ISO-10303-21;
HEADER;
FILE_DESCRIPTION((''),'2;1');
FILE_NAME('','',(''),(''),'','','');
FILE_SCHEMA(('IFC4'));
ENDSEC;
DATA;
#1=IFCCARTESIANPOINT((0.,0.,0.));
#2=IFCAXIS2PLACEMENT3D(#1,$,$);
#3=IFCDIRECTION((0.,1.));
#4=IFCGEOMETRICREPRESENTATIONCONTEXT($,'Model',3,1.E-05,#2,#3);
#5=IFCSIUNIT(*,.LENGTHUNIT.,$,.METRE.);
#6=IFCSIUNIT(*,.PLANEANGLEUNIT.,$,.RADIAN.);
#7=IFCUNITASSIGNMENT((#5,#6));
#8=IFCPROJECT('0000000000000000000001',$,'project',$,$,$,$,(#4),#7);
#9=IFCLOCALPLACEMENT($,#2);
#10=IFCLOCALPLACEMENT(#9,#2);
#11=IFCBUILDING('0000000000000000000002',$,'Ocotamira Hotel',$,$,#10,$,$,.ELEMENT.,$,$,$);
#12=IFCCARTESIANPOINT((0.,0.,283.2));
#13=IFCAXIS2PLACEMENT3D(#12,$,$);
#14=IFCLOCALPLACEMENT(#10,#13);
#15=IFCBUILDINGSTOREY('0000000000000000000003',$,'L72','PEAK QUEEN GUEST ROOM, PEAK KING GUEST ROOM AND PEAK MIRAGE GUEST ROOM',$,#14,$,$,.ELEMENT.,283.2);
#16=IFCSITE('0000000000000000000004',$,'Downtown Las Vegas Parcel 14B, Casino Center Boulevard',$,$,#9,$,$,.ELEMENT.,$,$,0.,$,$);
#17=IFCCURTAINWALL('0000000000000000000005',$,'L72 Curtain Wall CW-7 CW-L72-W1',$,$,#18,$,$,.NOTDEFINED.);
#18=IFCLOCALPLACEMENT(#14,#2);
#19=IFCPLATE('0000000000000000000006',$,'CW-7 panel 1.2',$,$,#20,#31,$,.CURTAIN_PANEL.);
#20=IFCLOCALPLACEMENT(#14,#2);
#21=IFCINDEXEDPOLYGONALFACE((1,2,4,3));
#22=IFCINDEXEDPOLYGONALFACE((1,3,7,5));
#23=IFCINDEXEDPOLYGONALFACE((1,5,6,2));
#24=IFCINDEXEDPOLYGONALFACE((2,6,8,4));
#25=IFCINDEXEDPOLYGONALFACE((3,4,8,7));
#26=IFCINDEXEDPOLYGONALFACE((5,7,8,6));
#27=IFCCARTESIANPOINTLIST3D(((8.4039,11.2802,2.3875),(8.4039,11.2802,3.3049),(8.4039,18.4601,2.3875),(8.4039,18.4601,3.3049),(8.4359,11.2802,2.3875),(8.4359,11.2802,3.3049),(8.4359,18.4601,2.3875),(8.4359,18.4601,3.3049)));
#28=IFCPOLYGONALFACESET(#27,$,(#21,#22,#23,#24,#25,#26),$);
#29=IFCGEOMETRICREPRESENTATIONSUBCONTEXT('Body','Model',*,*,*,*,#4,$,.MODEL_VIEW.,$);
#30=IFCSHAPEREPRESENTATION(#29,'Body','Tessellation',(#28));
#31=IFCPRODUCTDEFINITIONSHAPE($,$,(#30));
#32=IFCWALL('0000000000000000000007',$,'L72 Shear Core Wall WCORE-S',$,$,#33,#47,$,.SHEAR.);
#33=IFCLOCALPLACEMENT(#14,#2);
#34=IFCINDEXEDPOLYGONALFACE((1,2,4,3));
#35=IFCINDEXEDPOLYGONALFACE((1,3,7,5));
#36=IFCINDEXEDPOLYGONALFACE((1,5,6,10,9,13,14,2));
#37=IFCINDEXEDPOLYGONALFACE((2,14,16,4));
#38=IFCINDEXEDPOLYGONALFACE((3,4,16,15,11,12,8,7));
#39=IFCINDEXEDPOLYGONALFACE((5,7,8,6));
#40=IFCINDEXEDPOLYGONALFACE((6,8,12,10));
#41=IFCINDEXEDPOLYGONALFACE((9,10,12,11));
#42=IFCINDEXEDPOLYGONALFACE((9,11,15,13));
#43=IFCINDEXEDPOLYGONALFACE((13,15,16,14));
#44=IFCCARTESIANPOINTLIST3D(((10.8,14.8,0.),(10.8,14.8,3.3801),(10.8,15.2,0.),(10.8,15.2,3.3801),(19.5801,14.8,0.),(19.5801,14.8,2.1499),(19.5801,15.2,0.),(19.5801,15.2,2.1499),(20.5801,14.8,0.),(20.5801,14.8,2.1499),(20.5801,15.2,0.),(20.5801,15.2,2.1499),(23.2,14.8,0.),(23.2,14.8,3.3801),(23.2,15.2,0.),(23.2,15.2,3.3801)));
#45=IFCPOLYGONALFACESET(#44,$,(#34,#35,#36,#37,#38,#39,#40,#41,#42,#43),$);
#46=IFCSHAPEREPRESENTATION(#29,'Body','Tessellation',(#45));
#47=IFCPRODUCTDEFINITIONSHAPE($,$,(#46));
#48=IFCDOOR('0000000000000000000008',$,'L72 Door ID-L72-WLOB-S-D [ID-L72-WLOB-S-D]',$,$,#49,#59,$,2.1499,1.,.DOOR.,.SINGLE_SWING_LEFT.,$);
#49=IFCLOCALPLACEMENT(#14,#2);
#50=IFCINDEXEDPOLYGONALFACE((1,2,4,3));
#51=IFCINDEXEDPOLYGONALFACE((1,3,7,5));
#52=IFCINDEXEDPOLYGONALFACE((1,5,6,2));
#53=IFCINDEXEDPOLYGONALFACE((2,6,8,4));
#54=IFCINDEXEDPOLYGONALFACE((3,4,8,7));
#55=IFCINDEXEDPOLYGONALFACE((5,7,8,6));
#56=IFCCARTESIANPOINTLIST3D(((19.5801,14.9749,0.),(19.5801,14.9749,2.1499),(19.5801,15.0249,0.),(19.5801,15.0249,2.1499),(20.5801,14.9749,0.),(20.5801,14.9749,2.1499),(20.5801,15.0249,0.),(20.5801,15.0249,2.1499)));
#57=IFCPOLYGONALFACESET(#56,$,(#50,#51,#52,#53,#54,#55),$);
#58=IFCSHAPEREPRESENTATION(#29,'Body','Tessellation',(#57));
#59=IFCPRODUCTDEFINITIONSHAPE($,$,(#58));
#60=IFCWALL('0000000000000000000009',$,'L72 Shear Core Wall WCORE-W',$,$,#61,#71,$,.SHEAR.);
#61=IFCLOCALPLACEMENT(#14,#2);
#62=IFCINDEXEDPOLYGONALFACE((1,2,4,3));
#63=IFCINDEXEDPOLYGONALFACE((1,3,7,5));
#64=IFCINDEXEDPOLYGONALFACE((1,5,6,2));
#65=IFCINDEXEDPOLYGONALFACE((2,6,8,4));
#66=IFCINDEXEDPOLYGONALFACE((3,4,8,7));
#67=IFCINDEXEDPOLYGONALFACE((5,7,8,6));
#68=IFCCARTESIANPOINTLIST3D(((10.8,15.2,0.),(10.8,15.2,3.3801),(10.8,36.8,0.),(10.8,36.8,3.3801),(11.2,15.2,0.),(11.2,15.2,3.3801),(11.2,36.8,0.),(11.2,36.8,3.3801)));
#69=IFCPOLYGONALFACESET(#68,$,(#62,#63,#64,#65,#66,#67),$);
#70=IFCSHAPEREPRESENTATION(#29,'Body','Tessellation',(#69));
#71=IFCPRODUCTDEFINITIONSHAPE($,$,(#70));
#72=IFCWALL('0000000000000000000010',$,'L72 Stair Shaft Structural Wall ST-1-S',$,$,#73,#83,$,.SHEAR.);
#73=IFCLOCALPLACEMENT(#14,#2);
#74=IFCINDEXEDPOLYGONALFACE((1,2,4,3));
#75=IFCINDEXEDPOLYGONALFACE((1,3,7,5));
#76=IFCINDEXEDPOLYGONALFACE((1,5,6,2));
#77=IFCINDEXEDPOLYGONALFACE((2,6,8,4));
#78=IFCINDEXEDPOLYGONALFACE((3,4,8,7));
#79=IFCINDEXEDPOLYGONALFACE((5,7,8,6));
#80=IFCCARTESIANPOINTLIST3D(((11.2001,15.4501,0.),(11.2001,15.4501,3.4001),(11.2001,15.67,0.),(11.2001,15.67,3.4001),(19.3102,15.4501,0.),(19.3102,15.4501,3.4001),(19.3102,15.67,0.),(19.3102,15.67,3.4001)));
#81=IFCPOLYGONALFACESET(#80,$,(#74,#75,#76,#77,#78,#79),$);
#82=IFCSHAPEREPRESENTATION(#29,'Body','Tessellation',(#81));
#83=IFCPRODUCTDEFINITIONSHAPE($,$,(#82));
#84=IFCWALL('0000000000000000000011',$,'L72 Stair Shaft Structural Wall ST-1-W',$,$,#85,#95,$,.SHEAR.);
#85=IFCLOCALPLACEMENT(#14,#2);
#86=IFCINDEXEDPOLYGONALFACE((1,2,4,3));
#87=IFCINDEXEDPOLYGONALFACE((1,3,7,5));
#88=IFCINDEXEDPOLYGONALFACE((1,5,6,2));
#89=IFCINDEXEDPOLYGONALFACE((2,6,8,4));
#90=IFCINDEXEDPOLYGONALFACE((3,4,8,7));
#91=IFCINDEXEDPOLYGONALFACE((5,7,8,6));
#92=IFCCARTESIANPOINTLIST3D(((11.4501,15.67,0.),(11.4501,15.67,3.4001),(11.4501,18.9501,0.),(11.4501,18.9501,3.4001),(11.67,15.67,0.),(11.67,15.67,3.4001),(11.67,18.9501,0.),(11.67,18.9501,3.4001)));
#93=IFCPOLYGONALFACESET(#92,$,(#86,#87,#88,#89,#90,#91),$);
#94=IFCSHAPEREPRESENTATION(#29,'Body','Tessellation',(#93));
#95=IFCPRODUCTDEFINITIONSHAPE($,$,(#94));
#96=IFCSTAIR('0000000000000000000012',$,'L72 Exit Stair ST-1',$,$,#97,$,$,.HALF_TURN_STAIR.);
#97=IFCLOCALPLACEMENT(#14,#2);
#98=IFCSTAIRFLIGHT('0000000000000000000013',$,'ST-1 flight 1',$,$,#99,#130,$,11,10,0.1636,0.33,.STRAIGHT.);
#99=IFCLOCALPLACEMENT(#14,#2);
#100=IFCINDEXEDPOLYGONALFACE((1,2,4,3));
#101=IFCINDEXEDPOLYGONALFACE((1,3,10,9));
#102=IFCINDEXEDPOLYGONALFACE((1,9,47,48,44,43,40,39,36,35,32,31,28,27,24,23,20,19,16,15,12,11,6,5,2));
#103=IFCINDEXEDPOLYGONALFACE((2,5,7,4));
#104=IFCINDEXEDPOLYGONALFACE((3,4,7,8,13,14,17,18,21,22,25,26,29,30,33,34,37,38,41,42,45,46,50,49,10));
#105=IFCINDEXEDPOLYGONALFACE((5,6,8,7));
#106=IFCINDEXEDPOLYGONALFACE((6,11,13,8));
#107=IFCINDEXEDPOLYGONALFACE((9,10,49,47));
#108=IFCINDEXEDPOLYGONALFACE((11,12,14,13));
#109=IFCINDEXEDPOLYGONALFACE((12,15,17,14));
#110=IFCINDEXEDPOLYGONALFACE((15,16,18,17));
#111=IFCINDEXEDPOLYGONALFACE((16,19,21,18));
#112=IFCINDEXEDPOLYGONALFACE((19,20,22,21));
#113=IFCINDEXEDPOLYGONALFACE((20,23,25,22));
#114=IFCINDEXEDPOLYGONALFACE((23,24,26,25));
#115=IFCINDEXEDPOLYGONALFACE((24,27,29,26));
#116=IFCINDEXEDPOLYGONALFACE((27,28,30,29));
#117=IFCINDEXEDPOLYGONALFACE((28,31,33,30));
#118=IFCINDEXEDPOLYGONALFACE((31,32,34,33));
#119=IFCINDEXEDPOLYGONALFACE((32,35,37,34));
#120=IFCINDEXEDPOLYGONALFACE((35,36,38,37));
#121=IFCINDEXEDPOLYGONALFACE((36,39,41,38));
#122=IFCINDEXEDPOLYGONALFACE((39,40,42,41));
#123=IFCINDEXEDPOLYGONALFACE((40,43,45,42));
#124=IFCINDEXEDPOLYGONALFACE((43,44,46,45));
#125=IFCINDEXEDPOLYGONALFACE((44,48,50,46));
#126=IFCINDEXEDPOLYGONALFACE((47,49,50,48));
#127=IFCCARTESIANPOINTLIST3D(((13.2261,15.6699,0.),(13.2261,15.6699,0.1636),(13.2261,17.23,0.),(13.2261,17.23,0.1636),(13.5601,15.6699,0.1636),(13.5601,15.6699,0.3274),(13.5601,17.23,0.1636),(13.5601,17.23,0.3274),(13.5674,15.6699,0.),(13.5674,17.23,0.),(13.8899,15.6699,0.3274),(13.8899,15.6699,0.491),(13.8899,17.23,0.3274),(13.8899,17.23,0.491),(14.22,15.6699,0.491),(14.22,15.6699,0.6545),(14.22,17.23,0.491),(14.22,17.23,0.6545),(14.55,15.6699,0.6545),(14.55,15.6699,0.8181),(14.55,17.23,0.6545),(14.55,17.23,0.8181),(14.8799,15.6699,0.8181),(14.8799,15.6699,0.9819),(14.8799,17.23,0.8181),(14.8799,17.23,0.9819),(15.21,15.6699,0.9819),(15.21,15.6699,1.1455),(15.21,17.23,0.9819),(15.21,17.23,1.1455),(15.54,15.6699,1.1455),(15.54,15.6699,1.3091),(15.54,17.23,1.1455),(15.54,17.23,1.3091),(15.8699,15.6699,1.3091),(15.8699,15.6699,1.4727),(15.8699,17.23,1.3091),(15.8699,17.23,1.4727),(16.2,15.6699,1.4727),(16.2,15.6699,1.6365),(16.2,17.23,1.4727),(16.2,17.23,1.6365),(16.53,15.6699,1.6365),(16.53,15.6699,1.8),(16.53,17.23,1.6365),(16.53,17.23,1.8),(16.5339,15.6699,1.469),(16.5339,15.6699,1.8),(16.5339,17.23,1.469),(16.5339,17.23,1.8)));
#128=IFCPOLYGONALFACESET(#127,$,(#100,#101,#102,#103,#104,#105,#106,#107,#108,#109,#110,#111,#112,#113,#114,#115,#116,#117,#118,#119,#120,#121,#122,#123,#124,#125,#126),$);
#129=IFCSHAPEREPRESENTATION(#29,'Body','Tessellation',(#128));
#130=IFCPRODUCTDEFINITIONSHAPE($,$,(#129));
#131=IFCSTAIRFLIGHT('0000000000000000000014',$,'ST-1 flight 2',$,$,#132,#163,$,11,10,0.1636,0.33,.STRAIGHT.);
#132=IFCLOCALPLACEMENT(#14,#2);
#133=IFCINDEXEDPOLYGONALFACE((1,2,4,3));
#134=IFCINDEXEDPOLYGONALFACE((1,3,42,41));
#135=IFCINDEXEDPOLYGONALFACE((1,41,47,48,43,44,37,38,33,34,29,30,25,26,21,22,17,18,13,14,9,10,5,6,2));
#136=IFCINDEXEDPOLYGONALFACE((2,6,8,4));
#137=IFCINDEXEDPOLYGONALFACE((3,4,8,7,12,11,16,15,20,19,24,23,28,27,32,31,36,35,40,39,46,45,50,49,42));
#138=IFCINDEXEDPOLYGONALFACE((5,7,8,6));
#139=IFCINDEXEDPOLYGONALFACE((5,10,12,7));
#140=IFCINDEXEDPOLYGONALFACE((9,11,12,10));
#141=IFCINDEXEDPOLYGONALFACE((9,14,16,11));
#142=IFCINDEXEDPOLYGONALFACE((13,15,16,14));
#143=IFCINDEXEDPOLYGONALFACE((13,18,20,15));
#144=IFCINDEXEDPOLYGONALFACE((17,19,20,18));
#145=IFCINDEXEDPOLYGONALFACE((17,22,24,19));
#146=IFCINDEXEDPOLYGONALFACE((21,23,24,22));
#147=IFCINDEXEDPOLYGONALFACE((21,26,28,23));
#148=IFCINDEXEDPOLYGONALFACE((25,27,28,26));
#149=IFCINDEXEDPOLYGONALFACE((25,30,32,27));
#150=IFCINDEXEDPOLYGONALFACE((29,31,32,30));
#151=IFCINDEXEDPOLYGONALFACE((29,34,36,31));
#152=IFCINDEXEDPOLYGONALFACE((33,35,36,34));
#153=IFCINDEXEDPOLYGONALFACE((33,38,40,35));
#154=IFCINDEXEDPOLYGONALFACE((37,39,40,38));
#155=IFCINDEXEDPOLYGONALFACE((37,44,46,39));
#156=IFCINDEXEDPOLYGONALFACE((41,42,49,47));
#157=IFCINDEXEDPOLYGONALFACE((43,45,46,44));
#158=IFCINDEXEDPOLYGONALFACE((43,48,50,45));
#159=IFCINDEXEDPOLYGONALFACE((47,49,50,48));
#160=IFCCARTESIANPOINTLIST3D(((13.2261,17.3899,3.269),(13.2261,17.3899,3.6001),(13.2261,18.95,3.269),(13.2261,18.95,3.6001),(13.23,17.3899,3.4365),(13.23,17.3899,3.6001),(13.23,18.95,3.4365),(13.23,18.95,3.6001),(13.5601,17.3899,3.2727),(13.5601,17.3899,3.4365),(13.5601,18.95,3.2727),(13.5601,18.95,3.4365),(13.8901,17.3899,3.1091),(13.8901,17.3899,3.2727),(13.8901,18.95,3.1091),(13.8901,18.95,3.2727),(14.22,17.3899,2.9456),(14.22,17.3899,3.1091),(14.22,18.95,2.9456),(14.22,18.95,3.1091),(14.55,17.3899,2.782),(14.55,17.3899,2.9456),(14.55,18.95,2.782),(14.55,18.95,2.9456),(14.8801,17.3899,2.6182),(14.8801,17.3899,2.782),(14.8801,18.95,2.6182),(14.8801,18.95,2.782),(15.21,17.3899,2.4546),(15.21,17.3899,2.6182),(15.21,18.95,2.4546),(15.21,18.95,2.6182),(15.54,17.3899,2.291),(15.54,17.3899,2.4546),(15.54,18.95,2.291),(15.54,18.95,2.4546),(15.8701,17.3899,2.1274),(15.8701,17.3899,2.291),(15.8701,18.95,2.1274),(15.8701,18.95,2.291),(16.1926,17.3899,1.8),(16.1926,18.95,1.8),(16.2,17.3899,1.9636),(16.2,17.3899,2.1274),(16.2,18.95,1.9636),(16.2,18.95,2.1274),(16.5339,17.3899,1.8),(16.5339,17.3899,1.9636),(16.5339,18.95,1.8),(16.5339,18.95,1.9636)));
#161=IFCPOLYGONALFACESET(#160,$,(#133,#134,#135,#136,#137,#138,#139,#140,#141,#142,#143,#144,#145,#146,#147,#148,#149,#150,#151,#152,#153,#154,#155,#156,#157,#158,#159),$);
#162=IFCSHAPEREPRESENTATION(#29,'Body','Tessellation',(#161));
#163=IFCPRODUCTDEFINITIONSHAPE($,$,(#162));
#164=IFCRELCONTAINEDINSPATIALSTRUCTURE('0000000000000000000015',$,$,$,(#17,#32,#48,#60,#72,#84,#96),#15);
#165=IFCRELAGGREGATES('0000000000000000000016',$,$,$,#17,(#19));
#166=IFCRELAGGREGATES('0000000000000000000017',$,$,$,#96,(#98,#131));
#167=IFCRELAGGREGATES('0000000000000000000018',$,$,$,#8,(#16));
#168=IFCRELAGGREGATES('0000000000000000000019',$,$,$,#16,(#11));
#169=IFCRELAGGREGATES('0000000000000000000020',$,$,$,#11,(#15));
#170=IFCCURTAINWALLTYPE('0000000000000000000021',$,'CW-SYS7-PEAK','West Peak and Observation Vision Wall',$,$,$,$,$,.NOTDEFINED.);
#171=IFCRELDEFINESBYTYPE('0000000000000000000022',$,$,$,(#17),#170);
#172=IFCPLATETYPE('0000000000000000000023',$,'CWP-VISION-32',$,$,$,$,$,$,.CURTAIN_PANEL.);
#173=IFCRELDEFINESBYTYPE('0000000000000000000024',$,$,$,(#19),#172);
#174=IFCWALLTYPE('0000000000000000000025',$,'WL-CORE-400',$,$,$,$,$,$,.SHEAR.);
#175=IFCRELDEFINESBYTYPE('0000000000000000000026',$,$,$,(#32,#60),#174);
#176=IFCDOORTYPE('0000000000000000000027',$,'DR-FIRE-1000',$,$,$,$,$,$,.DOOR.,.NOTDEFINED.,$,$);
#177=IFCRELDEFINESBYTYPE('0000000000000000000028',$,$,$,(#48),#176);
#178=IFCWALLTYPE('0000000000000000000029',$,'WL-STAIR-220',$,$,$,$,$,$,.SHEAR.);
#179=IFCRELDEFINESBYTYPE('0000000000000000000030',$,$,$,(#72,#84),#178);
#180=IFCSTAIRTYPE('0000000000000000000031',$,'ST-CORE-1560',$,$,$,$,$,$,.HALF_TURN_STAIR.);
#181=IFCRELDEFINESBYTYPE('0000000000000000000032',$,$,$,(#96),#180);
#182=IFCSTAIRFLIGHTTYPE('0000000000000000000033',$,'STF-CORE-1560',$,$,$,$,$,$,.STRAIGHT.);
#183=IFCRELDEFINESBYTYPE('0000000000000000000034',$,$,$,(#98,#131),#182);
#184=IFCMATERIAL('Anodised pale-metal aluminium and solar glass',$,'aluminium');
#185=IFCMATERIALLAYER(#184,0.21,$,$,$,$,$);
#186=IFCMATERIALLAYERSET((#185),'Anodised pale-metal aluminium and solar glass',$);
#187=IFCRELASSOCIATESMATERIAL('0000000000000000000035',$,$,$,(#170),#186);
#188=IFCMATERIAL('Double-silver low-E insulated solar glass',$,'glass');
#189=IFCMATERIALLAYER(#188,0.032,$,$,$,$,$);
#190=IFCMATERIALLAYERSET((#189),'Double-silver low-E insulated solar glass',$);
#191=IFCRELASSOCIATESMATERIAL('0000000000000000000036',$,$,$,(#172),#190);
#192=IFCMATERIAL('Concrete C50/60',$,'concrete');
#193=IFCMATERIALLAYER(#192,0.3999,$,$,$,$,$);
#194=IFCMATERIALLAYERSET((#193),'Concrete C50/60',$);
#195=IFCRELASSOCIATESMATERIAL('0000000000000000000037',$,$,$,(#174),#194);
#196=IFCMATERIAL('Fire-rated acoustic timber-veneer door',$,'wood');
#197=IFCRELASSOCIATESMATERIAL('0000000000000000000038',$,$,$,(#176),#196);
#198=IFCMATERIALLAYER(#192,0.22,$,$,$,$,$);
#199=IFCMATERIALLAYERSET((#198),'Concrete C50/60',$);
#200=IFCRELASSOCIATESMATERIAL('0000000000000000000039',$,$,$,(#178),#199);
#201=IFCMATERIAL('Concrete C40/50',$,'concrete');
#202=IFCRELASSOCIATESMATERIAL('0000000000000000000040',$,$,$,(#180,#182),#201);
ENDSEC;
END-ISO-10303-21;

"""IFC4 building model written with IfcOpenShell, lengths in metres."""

from ifc_helpers import new_model, si_unit, direction, frame, frame_2d, origin, origin_2d, place, context, subcontext, project, spatial, polyline, rectangle, outline, extrude, source, transform, mapped, material, layer, layer_set, type_object, element, fill, aggregate, save


model = new_model("IFC4")

# Units and contexts
model_context = context("Model", 3, precision=1e-05, world=origin(), true_north=direction((0.0, 1.0)))
body_context = subcontext(model_context, "Body", "Model", "MODEL_VIEW")
ifc_project = project(units=[si_unit("LENGTHUNIT", "METRE"), si_unit("PLANEANGLEUNIT", "RADIAN")], contexts=[model_context])

# Site, building, storey
site_placement = place(None, origin())
site = spatial("IfcSite", under=ifc_project, at=site_placement, Name="Downtown Las Vegas Parcel 14B, Casino Center Boulevard", CompositionType="ELEMENT", RefElevation=0.0)
building_placement = place(site_placement, origin())
building = spatial("IfcBuilding", under=site, at=building_placement, Name="Ocotamira Hotel", CompositionType="ELEMENT")
storey_placement = place(building_placement, frame((0.0, 0.0, 283.2)))
storey = spatial("IfcBuildingStorey", under=building, at=storey_placement, Name="L72", Description="PEAK QUEEN GUEST ROOM, PEAK KING GUEST ROOM AND PEAK MIRAGE GUEST ROOM", CompositionType="ELEMENT", Elevation=283.2)

# Curtain wall, plate
ifc_material_1 = material(Name="Anodised pale-metal aluminium and solar glass", Category="aluminium")
ifc_layer_1 = layer(ifc_material_1, 0.21)
ifc_layer_set_1 = layer_set([ifc_layer_1], Name="Anodised pale-metal aluminium and solar glass")
curtain_wall_type = type_object("IfcCurtainWallType", Name="CW-SYS7-PEAK", Description="West Peak and Observation Vision Wall", PredefinedType="NOTDEFINED", material=ifc_layer_set_1)
curtain_wall_placement = place(storey_placement, origin())
curtain_wall = element("IfcCurtainWall", 1, at=curtain_wall_placement, inside=storey, type_object=curtain_wall_type, Name="L72 Curtain Wall CW-7 CW-L72-W1", PredefinedType="NOTDEFINED")
ifc_material_2 = material(Name="Double-silver low-E insulated solar glass", Category="glass")
ifc_layer_2 = layer(ifc_material_2, 0.032)
ifc_layer_set_2 = layer_set([ifc_layer_2], Name="Double-silver low-E insulated solar glass")
plate_type = type_object("IfcPlateType", Name="CWP-VISION-32", PredefinedType="CURTAIN_PANEL", material=ifc_layer_set_2)
shared_shape_1 = source(origin(), body_context, "Body", "SweptSolid", [
    extrude(rectangle(XDim=7.1799, YDim=0.032, at=origin_2d()), origin(), (0.0, 0.0, 1.0), 0.9175),
])
plate_1_placement = place(storey_placement, frame((8.4199, 14.8701, 2.3875), z_axis=(0.0, 0.0, 1.0), x_axis=(0.0, 1.0, 0.0)))
plate_1 = element("IfcPlate", 2, at=plate_1_placement, type_object=plate_type, Name="CW-7 panel 1.2", PredefinedType="CURTAIN_PANEL", context=body_context, shape_type="MappedRepresentation", body=[
    mapped(shared_shape_1, transform((0.0, 0.0, 0.0), scale=1.0)),
])
aggregate(curtain_wall, [plate_1])

# Wall, opening, door
ifc_material_3 = material(Name="Concrete C50/60", Category="concrete")
ifc_layer_3 = layer(ifc_material_3, 0.3999)
ifc_layer_set_3 = layer_set([ifc_layer_3], Name="Concrete C50/60")
wall_type_1 = type_object("IfcWallType", Name="WL-CORE-400", PredefinedType="SHEAR", material=ifc_layer_set_3)
wall_1_placement = place(storey_placement, frame((10.8, 15.0, 0.0), z_axis=(0.0, 0.0, 1.0), x_axis=(1.0, 0.0, 0.0)))
wall_1 = element("IfcWall", 3, at=wall_1_placement, inside=storey, type_object=wall_type_1, Name="L72 Shear Core Wall WCORE-S", PredefinedType="SHEAR", context=body_context, shape_type="SweptSolid", body=[
    extrude(rectangle(XDim=12.3999, YDim=0.3999, at=frame_2d((6.2, 0.0))), origin(), (0.0, 0.0, 1.0), 3.3801),
])
opening_1_placement = place(wall_1_placement, frame((8.78, 0.0, 0.0)))
opening_1 = element("IfcOpeningElement", 4, at=opening_1_placement, cuts=wall_1, PredefinedType="OPENING", context=body_context, shape_type="SweptSolid", body=[
    extrude(rectangle(XDim=1.0, YDim=2.1499, at=frame_2d((0.5, 1.075))), frame((0.0, 0.21, 0.0), z_axis=(0.0, -1.0, 0.0), x_axis=(1.0, 0.0, 0.0)), (0.0, 0.0, 1.0), 0.4199),
])
ifc_material_4 = material(Name="Fire-rated acoustic timber-veneer door", Category="wood")
door_type_1 = type_object("IfcDoorType", Name="DR-FIRE-1000", OperationType="NOTDEFINED", PredefinedType="DOOR", material=ifc_material_4)
shared_shape_2 = source(origin(), body_context, "Body", "SweptSolid", [
    extrude(rectangle(XDim=1.0, YDim=2.1499, at=frame_2d((0.5, 1.075))), frame((0.0, 0.0249, 0.0), z_axis=(0.0, -1.0, 0.0), x_axis=(1.0, 0.0, 0.0)), (0.0, 0.0, 1.0), 0.05),
])
door_1_placement = place(opening_1_placement, origin())
door_1 = element("IfcDoor", 5, at=door_1_placement, inside=storey, type_object=door_type_1, Name="L72 Door ID-L72-WLOB-S-D [ID-L72-WLOB-S-D]", OperationType="SINGLE_SWING_LEFT", OverallHeight=2.1499, OverallWidth=1.0, PredefinedType="DOOR", context=body_context, shape_type="MappedRepresentation", body=[
    mapped(shared_shape_2, transform((0.0, 0.0, 0.0), scale=1.0)),
])
fill(opening_1, door_1)

# Wall
wall_2_placement = place(storey_placement, frame((11.0, 15.2, 0.0), z_axis=(0.0, 0.0, 1.0), x_axis=(0.0, 1.0, 0.0)))
element("IfcWall", 6, at=wall_2_placement, inside=storey, type_object=wall_type_1, Name="L72 Shear Core Wall WCORE-W", PredefinedType="SHEAR", context=body_context, shape_type="SweptSolid", body=[
    extrude(rectangle(XDim=21.6001, YDim=0.3999, at=frame_2d((10.8, 0.0))), origin(), (0.0, 0.0, 1.0), 3.3801),
])

# Walls
ifc_layer_4 = layer(ifc_material_3, 0.22)
ifc_layer_set_4 = layer_set([ifc_layer_4], Name="Concrete C50/60")
wall_type_2 = type_object("IfcWallType", Name="WL-STAIR-220", PredefinedType="SHEAR", material=ifc_layer_set_4)
wall_3_placement = place(storey_placement, frame((11.2, 15.5601, 0.0), z_axis=(0.0, 0.0, 1.0), x_axis=(1.0, 0.0, 0.0)))
element("IfcWall", 7, at=wall_3_placement, inside=storey, type_object=wall_type_2, Name="L72 Stair Shaft Structural Wall ST-1-S", PredefinedType="SHEAR", context=body_context, shape_type="SweptSolid", body=[
    extrude(rectangle(XDim=8.1101, YDim=0.22, at=frame_2d((4.0552, 0.0))), origin(), (0.0, 0.0, 1.0), 3.4001),
])
wall_4_placement = place(storey_placement, frame((11.5601, 15.6699, 0.0), z_axis=(0.0, 0.0, 1.0), x_axis=(0.0, 1.0, 0.0)))
element("IfcWall", 8, at=wall_4_placement, inside=storey, type_object=wall_type_2, Name="L72 Stair Shaft Structural Wall ST-1-W", PredefinedType="SHEAR", context=body_context, shape_type="SweptSolid", body=[
    extrude(rectangle(XDim=3.28, YDim=0.22, at=frame_2d((1.6401, 0.0))), origin(), (0.0, 0.0, 1.0), 3.4001),
])

# Stair, stair flights
ifc_material_5 = material(Name="Concrete C40/50", Category="concrete")
stair_type = type_object("IfcStairType", Name="ST-CORE-1560", PredefinedType="HALF_TURN_STAIR", material=ifc_material_5)
stair_placement = place(storey_placement, origin())
stair = element("IfcStair", 9, at=stair_placement, inside=storey, type_object=stair_type, Name="L72 Exit Stair ST-1", PredefinedType="HALF_TURN_STAIR")
stair_flight_type = type_object("IfcStairFlightType", Name="STF-CORE-1560", PredefinedType="STRAIGHT", material=ifc_material_5)
shared_shape_3 = source(origin(), body_context, "Body", "SweptSolid", [
    extrude(outline(polyline([(-0.0039, 0.0), (-0.0039, 0.1636), (0.3301, 0.1636), (0.3301, 0.3274), (0.6599, 0.3274), (0.6599, 0.491), (0.99, 0.491), (0.99, 0.6545), (1.3201, 0.6545), (1.3201, 0.8181), (1.6499, 0.8181), (1.6499, 0.9819), (1.98, 0.9819), (1.98, 1.1455), (2.3101, 1.1455), (2.3101, 1.3091), (2.6399, 1.3091), (2.6399, 1.4727), (2.97, 1.4727), (2.97, 1.6365), (3.3, 1.6365), (3.3, 1.8), (3.304, 1.8), (3.304, 1.469), (0.3374, 0.0), (-0.0039, 0.0)])), frame((0.0, 0.78, 0.0), z_axis=(0.0, -1.0, 0.0), x_axis=(1.0, 0.0, 0.0)), (0.0, 0.0, 1.0), 1.5601),
])
stair_flight_1_placement = place(storey_placement, frame((13.23, 16.45, 0.0), z_axis=(0.0, 0.0, 1.0), x_axis=(1.0, 0.0, 0.0)))
stair_flight_1 = element("IfcStairFlight", 10, at=stair_flight_1_placement, type_object=stair_flight_type, Name="ST-1 flight 1", NumberOfRisers=11, NumberOfTreads=10, PredefinedType="STRAIGHT", RiserHeight=0.1636, TreadLength=0.33, context=body_context, shape_type="MappedRepresentation", body=[
    mapped(shared_shape_3, transform((0.0, 0.0, 0.0), scale=1.0)),
])
stair_flight_2_placement = place(storey_placement, frame((16.53, 18.1699, 1.8), z_axis=(0.0, 0.0, 1.0), x_axis=(-1.0, 0.0, 0.0)))
stair_flight_2 = element("IfcStairFlight", 11, at=stair_flight_2_placement, type_object=stair_flight_type, Name="ST-1 flight 2", NumberOfRisers=11, NumberOfTreads=10, PredefinedType="STRAIGHT", RiserHeight=0.1636, TreadLength=0.33, context=body_context, shape_type="MappedRepresentation", body=[
    mapped(shared_shape_3, transform((0.0, 0.0, 0.0), scale=1.0)),
])
aggregate(stair, [stair_flight_1, stair_flight_2])

save(model, "model.ifc")
